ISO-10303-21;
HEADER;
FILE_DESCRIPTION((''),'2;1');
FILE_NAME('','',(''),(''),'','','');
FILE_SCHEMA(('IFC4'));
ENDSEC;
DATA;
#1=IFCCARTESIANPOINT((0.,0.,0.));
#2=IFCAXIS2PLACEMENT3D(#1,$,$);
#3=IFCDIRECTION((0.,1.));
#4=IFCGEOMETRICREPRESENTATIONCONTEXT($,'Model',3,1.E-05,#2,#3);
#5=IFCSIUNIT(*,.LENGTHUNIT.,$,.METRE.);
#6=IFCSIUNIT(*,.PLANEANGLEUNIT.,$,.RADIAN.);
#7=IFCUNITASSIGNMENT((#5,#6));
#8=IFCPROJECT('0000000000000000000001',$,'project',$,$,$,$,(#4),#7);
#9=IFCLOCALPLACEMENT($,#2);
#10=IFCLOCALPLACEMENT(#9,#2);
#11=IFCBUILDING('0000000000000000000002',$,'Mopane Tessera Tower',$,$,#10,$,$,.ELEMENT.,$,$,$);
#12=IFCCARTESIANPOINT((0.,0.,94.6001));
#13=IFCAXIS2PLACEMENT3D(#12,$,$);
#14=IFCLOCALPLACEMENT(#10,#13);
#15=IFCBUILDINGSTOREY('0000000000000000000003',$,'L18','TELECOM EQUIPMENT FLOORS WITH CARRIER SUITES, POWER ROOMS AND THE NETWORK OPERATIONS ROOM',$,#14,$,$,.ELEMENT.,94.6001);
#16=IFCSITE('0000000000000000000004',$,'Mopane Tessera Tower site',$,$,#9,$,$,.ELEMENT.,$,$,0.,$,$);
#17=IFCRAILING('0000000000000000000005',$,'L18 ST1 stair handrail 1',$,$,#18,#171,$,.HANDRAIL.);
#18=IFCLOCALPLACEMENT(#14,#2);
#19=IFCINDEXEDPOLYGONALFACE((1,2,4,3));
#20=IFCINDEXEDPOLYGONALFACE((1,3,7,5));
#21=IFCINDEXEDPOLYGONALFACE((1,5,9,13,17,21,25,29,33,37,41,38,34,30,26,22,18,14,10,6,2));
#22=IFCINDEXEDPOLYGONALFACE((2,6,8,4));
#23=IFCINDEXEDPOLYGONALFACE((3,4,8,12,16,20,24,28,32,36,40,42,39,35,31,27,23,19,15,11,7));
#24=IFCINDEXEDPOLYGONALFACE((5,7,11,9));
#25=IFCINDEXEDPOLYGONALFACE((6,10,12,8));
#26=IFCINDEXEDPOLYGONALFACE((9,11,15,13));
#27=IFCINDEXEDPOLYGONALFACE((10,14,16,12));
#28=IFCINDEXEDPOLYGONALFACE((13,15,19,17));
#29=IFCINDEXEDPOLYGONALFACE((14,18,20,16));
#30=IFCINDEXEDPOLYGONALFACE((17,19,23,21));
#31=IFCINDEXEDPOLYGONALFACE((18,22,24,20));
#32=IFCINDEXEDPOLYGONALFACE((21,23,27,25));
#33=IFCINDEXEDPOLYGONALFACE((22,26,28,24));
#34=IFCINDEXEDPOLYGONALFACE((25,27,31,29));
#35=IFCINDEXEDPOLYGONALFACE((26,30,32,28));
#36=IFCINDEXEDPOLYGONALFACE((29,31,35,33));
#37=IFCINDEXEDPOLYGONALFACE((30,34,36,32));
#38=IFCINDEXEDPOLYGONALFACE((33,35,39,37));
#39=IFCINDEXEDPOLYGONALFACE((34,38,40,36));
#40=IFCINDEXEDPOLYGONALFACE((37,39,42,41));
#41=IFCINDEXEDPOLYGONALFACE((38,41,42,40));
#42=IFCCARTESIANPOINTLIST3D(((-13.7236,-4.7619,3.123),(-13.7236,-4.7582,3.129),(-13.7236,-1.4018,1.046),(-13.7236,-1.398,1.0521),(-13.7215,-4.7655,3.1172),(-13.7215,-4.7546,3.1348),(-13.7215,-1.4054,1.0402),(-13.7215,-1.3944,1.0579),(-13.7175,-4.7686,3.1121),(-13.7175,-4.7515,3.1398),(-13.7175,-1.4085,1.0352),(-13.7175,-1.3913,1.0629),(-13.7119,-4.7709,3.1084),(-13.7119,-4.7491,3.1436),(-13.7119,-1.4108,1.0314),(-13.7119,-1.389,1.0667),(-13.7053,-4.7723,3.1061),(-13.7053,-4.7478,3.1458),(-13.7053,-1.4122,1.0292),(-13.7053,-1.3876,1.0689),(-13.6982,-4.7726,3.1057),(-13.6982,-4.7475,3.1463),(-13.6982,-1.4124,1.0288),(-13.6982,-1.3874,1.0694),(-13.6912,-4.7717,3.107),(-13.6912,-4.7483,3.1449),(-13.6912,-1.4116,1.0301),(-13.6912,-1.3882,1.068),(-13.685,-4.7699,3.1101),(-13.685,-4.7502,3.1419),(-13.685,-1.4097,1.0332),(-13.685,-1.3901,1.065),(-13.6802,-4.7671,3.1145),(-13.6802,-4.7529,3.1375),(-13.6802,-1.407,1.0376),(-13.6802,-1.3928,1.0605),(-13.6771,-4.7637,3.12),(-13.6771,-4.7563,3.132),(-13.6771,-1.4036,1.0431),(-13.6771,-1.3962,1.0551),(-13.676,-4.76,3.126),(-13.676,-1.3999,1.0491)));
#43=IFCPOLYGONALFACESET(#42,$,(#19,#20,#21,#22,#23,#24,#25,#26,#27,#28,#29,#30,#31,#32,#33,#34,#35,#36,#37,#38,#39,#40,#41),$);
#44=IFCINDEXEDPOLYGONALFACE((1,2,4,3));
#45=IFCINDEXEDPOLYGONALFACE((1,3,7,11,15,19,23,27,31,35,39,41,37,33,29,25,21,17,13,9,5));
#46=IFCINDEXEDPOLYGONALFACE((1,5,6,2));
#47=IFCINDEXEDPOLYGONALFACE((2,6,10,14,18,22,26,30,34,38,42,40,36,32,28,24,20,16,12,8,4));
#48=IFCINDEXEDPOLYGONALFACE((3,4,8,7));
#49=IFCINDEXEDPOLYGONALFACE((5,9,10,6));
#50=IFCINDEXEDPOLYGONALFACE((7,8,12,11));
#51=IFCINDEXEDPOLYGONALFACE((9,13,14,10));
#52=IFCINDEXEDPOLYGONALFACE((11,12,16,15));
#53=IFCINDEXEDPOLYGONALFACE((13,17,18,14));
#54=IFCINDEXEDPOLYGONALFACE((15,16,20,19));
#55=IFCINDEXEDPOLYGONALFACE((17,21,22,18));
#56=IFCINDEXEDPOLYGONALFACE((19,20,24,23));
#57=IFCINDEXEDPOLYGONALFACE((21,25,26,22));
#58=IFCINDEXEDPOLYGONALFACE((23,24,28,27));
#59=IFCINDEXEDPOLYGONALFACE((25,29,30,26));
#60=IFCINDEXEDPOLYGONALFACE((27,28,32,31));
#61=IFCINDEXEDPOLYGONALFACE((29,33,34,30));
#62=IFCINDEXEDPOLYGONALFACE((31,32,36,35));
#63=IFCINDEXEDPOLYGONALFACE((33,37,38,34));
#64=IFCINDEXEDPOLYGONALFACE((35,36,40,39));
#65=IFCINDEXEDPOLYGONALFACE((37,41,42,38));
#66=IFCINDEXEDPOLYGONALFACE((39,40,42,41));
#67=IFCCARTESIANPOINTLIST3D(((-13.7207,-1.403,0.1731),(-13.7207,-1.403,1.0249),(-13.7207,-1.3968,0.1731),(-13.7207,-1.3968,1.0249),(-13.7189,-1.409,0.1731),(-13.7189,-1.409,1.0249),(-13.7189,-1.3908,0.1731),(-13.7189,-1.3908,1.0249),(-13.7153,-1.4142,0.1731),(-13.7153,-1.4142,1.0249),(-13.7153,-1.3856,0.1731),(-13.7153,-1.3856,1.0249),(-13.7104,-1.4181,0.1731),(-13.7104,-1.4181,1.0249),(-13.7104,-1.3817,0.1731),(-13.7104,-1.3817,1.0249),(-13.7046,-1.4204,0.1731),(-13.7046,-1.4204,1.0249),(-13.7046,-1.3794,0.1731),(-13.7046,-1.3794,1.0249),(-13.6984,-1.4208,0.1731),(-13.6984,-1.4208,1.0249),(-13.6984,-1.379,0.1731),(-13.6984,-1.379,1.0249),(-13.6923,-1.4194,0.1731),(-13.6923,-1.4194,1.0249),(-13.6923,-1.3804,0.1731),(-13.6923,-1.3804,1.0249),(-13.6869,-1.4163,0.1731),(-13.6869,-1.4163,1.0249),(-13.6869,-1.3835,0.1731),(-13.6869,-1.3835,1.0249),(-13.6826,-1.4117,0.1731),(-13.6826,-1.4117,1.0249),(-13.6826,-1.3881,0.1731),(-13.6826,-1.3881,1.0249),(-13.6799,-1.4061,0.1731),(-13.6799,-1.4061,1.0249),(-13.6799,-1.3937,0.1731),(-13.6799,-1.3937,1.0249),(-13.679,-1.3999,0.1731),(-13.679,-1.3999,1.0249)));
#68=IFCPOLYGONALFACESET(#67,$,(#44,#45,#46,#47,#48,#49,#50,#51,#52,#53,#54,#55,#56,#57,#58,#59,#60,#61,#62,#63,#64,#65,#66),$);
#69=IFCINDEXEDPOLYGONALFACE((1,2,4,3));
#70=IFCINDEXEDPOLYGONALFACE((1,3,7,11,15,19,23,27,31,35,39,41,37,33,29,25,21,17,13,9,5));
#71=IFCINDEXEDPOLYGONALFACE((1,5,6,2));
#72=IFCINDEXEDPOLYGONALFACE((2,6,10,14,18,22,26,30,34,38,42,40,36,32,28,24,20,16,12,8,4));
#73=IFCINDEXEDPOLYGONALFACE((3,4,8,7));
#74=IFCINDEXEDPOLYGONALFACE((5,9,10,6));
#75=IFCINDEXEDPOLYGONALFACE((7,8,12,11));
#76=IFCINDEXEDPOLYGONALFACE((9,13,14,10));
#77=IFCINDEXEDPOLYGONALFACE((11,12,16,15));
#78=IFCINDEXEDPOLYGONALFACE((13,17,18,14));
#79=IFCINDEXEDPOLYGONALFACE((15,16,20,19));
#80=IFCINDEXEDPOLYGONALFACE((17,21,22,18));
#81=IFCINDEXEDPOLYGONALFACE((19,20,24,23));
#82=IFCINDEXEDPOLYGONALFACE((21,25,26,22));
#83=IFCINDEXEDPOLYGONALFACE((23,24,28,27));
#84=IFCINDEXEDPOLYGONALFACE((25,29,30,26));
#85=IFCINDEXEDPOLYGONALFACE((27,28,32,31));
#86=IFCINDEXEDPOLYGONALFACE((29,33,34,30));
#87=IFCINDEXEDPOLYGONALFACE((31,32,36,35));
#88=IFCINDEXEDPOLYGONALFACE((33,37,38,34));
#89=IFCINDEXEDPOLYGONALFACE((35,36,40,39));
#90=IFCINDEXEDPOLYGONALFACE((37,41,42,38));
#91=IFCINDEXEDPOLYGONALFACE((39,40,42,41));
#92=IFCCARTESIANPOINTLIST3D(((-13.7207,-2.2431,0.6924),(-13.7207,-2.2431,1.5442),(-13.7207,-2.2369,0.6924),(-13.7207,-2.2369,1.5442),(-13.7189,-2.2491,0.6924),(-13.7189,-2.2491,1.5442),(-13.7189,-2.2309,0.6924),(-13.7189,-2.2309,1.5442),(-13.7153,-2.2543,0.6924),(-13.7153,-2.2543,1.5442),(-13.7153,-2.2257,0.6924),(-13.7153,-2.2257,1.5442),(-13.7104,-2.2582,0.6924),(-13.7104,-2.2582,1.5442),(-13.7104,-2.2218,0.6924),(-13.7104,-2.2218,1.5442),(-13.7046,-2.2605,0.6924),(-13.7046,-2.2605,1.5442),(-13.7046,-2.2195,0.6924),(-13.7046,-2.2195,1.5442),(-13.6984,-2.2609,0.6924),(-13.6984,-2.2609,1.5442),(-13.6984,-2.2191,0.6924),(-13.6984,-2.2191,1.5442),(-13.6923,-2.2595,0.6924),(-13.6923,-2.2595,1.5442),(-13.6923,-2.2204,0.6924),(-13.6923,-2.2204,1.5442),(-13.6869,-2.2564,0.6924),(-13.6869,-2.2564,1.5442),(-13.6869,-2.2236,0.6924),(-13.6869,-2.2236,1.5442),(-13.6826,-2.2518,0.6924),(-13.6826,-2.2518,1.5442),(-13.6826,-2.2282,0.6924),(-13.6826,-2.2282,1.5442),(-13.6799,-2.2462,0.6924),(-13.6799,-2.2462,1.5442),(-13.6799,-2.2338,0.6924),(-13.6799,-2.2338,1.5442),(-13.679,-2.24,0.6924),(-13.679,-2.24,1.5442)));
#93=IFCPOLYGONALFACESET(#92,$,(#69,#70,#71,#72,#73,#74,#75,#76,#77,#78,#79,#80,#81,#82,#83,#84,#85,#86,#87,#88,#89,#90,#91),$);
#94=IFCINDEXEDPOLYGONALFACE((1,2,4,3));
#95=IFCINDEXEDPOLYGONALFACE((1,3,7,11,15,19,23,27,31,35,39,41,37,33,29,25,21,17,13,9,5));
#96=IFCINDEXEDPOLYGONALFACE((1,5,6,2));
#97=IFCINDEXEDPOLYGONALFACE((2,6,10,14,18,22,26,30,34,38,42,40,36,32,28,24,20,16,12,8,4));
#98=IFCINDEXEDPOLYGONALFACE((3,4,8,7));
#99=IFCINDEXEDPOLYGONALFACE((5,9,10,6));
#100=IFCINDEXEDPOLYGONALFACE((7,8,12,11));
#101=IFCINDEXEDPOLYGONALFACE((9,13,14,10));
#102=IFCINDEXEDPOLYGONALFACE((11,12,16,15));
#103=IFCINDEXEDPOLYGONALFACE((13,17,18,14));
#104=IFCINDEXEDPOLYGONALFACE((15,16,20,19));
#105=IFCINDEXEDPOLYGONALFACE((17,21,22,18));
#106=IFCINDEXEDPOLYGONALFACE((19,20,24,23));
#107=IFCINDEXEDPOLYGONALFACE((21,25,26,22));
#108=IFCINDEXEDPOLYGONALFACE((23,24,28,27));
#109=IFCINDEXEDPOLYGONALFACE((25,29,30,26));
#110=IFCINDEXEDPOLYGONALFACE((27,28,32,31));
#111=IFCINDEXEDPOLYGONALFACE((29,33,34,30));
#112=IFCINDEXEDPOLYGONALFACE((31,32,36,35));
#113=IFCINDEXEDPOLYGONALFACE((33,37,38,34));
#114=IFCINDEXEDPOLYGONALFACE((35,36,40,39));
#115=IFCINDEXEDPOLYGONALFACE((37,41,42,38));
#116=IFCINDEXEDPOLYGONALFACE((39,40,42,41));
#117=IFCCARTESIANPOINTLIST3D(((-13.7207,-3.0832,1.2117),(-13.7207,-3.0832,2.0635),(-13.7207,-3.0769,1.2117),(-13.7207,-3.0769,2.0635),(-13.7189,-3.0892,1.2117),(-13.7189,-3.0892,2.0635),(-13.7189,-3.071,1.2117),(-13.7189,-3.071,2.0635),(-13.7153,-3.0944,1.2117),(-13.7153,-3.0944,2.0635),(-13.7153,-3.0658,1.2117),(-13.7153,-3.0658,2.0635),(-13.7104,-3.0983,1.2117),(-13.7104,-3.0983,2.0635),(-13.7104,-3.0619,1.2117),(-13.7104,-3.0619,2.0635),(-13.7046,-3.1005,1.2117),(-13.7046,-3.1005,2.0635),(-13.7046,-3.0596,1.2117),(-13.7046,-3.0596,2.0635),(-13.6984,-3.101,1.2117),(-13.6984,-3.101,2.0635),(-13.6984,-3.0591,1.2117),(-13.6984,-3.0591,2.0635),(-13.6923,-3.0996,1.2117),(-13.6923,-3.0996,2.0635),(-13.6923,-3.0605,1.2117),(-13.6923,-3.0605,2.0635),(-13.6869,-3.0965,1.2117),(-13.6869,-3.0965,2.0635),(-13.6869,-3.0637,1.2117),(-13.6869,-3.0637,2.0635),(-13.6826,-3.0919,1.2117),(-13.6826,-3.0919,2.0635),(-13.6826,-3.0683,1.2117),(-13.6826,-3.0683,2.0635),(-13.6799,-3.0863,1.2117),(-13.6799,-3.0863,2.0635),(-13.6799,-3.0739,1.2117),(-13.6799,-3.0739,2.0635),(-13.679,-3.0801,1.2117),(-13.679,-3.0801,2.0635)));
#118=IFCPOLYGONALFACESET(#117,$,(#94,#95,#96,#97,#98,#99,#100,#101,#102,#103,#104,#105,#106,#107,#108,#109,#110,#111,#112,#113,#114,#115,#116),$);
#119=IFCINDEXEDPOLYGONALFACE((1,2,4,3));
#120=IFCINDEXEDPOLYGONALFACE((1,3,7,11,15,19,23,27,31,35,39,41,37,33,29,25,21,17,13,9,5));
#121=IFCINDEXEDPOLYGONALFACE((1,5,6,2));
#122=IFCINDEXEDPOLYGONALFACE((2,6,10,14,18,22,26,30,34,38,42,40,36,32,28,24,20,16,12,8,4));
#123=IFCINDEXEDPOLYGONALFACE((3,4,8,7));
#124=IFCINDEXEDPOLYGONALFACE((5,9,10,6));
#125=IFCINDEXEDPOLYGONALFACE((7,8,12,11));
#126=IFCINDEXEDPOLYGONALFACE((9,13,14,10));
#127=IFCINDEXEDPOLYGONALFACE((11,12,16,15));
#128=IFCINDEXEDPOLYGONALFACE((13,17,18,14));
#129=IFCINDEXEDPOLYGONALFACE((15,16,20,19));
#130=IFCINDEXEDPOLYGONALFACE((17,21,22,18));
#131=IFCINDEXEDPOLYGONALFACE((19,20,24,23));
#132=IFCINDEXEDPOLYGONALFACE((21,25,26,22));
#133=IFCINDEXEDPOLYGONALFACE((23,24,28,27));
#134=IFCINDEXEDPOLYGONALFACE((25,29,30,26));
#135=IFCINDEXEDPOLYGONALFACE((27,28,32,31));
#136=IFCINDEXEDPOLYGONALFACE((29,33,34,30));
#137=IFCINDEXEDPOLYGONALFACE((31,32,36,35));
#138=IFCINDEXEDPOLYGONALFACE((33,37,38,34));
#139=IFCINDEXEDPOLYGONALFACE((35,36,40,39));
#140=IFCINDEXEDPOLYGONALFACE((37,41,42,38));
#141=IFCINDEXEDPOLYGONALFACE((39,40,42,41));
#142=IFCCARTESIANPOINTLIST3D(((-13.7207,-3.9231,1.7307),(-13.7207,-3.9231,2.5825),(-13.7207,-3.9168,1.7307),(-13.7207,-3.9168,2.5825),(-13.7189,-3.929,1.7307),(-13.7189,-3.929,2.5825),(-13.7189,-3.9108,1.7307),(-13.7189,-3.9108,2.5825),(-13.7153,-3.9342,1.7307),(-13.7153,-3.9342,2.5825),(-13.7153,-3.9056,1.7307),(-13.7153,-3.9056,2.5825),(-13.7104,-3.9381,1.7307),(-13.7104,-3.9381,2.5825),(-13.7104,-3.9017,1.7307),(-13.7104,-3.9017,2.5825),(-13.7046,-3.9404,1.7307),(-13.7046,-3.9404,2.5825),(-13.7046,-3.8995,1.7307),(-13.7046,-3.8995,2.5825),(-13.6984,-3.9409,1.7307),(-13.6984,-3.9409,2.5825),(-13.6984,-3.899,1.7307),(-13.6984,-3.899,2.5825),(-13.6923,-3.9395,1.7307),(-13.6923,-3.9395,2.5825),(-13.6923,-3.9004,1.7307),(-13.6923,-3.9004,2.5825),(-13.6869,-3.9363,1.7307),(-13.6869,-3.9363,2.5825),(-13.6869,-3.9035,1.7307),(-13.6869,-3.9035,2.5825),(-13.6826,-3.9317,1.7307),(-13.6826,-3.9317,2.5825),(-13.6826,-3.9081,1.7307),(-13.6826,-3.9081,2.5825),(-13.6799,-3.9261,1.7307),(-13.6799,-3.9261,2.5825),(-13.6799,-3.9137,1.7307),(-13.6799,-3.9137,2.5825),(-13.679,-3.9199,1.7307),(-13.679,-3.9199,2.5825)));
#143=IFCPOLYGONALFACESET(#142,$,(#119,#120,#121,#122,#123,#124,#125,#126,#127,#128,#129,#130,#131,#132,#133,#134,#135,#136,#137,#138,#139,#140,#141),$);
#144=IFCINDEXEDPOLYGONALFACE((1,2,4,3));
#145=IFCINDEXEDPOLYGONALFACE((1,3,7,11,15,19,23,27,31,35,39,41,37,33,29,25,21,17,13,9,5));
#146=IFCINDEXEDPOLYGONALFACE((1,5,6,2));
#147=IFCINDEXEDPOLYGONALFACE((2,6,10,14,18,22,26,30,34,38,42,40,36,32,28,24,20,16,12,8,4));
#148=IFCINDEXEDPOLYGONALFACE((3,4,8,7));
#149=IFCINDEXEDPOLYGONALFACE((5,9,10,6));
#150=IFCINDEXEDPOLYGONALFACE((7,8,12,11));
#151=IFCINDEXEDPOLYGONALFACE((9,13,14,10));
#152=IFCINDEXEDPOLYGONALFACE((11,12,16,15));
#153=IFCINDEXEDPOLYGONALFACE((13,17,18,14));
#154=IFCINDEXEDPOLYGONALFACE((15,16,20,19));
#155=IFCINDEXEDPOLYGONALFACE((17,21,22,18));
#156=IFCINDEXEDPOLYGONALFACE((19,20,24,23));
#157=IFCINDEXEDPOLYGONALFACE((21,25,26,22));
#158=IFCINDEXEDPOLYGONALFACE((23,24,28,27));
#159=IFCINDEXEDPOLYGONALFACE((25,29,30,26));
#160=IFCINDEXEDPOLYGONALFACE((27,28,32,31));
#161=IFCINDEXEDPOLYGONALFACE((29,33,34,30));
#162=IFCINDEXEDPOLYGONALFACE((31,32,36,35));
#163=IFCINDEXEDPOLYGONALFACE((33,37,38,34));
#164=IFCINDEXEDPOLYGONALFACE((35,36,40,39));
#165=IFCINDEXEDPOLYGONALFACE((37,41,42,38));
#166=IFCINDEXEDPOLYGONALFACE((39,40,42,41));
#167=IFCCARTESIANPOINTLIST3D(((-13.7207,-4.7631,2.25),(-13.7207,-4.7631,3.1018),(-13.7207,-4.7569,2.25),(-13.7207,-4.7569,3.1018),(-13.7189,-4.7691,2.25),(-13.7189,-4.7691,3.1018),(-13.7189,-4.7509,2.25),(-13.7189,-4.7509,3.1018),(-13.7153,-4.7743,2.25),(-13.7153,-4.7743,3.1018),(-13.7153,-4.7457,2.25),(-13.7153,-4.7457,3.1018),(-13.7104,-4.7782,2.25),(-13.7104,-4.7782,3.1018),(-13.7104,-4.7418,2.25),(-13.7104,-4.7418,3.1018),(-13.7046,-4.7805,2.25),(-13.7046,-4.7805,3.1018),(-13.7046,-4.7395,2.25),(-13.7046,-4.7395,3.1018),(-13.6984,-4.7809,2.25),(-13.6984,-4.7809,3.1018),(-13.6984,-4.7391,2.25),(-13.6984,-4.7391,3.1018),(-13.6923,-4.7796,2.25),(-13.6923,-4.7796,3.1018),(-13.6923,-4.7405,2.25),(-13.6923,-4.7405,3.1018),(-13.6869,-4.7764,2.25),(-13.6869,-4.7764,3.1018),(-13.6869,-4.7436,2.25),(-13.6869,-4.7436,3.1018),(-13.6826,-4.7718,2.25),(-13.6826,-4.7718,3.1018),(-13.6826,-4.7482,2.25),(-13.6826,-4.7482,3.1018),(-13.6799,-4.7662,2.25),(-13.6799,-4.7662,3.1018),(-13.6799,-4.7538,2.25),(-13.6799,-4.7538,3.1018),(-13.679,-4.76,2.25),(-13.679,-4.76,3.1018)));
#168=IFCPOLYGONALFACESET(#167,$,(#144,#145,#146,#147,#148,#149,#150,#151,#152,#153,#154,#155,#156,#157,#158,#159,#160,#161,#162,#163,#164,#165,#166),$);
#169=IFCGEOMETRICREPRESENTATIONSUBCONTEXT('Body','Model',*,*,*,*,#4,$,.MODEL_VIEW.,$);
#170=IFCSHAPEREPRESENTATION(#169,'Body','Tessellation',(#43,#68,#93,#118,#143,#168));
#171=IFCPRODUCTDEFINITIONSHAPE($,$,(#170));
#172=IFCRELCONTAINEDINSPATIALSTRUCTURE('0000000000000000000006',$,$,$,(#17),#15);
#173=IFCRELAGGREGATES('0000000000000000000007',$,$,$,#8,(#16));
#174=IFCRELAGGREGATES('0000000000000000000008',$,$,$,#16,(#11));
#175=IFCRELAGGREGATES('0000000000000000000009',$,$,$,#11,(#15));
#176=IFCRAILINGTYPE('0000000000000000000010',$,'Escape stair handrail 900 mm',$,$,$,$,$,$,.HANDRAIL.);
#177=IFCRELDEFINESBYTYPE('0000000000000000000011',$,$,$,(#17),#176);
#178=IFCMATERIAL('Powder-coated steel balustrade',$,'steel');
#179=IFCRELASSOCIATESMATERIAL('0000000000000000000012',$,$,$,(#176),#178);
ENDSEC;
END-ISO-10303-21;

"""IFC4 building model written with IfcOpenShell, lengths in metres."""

from ifc_helpers import new_model, si_unit, direction, frame, origin, origin_2d, place, context, subcontext, project, spatial, circle, extrude, material, type_object, element, save


model = new_model("IFC4")

# Units and contexts
model_context = context("Model", 3, precision=1e-05, world=origin(), true_north=direction((0.0, 1.0)))
body_context = subcontext(model_context, "Body", "Model", "MODEL_VIEW")
ifc_project = project(units=[si_unit("LENGTHUNIT", "METRE"), si_unit("PLANEANGLEUNIT", "RADIAN")], contexts=[model_context])

# Site, building, storey
site_placement = place(None, origin())
site = spatial("IfcSite", under=ifc_project, at=site_placement, Name="Mopane Tessera Tower site", CompositionType="ELEMENT", RefElevation=0.0)
building_placement = place(site_placement, origin())
building = spatial("IfcBuilding", under=site, at=building_placement, Name="Mopane Tessera Tower", CompositionType="ELEMENT")
storey_placement = place(building_placement, frame((0.0, 0.0, 94.6001)))
storey = spatial("IfcBuildingStorey", under=building, at=storey_placement, Name="L18", Description="TELECOM EQUIPMENT FLOORS WITH CARRIER SUITES, POWER ROOMS AND THE NETWORK OPERATIONS ROOM", CompositionType="ELEMENT", Elevation=94.6001)

# Railing
ifc_material_1 = material(Name="Powder-coated steel balustrade", Category="steel")
railing_type_1 = type_object("IfcRailingType", Name="Escape stair handrail 900 mm", PredefinedType="HANDRAIL", material=ifc_material_1)
railing_1_placement = place(storey_placement, frame((-13.7, -1.3999, 0.1731)))
element("IfcRailing", 1, at=railing_1_placement, inside=storey, type_object=railing_type_1, Name="L18 ST1 stair handrail 1", PredefinedType="HANDRAIL", context=body_context, shape_type="SweptSolid", body=[
    extrude(circle(Radius=0.0239, at=origin_2d()), frame((0.0, 0.0, 0.876), z_axis=(0.0, -0.850623, 0.525776), x_axis=(1.0, 0.0, 0.0)), (0.0, 0.0, 1.0), 3.9502),
    extrude(circle(Radius=0.021, at=origin_2d()), origin(), (0.0, 0.0, 1.0), 0.8518),
    extrude(circle(Radius=0.021, at=origin_2d()), frame((0.0, -0.8401, 0.5193)), (0.0, 0.0, 1.0), 0.8518),
    extrude(circle(Radius=0.021, at=origin_2d()), frame((0.0, -1.6802, 1.0386)), (0.0, 0.0, 1.0), 0.8518),
    extrude(circle(Radius=0.021, at=origin_2d()), frame((0.0, -2.52, 1.5576)), (0.0, 0.0, 1.0), 0.8518),
    extrude(circle(Radius=0.021, at=origin_2d()), frame((0.0, -3.3601, 2.0769)), (0.0, 0.0, 1.0), 0.8518),
])

save(model, "model.ifc")
